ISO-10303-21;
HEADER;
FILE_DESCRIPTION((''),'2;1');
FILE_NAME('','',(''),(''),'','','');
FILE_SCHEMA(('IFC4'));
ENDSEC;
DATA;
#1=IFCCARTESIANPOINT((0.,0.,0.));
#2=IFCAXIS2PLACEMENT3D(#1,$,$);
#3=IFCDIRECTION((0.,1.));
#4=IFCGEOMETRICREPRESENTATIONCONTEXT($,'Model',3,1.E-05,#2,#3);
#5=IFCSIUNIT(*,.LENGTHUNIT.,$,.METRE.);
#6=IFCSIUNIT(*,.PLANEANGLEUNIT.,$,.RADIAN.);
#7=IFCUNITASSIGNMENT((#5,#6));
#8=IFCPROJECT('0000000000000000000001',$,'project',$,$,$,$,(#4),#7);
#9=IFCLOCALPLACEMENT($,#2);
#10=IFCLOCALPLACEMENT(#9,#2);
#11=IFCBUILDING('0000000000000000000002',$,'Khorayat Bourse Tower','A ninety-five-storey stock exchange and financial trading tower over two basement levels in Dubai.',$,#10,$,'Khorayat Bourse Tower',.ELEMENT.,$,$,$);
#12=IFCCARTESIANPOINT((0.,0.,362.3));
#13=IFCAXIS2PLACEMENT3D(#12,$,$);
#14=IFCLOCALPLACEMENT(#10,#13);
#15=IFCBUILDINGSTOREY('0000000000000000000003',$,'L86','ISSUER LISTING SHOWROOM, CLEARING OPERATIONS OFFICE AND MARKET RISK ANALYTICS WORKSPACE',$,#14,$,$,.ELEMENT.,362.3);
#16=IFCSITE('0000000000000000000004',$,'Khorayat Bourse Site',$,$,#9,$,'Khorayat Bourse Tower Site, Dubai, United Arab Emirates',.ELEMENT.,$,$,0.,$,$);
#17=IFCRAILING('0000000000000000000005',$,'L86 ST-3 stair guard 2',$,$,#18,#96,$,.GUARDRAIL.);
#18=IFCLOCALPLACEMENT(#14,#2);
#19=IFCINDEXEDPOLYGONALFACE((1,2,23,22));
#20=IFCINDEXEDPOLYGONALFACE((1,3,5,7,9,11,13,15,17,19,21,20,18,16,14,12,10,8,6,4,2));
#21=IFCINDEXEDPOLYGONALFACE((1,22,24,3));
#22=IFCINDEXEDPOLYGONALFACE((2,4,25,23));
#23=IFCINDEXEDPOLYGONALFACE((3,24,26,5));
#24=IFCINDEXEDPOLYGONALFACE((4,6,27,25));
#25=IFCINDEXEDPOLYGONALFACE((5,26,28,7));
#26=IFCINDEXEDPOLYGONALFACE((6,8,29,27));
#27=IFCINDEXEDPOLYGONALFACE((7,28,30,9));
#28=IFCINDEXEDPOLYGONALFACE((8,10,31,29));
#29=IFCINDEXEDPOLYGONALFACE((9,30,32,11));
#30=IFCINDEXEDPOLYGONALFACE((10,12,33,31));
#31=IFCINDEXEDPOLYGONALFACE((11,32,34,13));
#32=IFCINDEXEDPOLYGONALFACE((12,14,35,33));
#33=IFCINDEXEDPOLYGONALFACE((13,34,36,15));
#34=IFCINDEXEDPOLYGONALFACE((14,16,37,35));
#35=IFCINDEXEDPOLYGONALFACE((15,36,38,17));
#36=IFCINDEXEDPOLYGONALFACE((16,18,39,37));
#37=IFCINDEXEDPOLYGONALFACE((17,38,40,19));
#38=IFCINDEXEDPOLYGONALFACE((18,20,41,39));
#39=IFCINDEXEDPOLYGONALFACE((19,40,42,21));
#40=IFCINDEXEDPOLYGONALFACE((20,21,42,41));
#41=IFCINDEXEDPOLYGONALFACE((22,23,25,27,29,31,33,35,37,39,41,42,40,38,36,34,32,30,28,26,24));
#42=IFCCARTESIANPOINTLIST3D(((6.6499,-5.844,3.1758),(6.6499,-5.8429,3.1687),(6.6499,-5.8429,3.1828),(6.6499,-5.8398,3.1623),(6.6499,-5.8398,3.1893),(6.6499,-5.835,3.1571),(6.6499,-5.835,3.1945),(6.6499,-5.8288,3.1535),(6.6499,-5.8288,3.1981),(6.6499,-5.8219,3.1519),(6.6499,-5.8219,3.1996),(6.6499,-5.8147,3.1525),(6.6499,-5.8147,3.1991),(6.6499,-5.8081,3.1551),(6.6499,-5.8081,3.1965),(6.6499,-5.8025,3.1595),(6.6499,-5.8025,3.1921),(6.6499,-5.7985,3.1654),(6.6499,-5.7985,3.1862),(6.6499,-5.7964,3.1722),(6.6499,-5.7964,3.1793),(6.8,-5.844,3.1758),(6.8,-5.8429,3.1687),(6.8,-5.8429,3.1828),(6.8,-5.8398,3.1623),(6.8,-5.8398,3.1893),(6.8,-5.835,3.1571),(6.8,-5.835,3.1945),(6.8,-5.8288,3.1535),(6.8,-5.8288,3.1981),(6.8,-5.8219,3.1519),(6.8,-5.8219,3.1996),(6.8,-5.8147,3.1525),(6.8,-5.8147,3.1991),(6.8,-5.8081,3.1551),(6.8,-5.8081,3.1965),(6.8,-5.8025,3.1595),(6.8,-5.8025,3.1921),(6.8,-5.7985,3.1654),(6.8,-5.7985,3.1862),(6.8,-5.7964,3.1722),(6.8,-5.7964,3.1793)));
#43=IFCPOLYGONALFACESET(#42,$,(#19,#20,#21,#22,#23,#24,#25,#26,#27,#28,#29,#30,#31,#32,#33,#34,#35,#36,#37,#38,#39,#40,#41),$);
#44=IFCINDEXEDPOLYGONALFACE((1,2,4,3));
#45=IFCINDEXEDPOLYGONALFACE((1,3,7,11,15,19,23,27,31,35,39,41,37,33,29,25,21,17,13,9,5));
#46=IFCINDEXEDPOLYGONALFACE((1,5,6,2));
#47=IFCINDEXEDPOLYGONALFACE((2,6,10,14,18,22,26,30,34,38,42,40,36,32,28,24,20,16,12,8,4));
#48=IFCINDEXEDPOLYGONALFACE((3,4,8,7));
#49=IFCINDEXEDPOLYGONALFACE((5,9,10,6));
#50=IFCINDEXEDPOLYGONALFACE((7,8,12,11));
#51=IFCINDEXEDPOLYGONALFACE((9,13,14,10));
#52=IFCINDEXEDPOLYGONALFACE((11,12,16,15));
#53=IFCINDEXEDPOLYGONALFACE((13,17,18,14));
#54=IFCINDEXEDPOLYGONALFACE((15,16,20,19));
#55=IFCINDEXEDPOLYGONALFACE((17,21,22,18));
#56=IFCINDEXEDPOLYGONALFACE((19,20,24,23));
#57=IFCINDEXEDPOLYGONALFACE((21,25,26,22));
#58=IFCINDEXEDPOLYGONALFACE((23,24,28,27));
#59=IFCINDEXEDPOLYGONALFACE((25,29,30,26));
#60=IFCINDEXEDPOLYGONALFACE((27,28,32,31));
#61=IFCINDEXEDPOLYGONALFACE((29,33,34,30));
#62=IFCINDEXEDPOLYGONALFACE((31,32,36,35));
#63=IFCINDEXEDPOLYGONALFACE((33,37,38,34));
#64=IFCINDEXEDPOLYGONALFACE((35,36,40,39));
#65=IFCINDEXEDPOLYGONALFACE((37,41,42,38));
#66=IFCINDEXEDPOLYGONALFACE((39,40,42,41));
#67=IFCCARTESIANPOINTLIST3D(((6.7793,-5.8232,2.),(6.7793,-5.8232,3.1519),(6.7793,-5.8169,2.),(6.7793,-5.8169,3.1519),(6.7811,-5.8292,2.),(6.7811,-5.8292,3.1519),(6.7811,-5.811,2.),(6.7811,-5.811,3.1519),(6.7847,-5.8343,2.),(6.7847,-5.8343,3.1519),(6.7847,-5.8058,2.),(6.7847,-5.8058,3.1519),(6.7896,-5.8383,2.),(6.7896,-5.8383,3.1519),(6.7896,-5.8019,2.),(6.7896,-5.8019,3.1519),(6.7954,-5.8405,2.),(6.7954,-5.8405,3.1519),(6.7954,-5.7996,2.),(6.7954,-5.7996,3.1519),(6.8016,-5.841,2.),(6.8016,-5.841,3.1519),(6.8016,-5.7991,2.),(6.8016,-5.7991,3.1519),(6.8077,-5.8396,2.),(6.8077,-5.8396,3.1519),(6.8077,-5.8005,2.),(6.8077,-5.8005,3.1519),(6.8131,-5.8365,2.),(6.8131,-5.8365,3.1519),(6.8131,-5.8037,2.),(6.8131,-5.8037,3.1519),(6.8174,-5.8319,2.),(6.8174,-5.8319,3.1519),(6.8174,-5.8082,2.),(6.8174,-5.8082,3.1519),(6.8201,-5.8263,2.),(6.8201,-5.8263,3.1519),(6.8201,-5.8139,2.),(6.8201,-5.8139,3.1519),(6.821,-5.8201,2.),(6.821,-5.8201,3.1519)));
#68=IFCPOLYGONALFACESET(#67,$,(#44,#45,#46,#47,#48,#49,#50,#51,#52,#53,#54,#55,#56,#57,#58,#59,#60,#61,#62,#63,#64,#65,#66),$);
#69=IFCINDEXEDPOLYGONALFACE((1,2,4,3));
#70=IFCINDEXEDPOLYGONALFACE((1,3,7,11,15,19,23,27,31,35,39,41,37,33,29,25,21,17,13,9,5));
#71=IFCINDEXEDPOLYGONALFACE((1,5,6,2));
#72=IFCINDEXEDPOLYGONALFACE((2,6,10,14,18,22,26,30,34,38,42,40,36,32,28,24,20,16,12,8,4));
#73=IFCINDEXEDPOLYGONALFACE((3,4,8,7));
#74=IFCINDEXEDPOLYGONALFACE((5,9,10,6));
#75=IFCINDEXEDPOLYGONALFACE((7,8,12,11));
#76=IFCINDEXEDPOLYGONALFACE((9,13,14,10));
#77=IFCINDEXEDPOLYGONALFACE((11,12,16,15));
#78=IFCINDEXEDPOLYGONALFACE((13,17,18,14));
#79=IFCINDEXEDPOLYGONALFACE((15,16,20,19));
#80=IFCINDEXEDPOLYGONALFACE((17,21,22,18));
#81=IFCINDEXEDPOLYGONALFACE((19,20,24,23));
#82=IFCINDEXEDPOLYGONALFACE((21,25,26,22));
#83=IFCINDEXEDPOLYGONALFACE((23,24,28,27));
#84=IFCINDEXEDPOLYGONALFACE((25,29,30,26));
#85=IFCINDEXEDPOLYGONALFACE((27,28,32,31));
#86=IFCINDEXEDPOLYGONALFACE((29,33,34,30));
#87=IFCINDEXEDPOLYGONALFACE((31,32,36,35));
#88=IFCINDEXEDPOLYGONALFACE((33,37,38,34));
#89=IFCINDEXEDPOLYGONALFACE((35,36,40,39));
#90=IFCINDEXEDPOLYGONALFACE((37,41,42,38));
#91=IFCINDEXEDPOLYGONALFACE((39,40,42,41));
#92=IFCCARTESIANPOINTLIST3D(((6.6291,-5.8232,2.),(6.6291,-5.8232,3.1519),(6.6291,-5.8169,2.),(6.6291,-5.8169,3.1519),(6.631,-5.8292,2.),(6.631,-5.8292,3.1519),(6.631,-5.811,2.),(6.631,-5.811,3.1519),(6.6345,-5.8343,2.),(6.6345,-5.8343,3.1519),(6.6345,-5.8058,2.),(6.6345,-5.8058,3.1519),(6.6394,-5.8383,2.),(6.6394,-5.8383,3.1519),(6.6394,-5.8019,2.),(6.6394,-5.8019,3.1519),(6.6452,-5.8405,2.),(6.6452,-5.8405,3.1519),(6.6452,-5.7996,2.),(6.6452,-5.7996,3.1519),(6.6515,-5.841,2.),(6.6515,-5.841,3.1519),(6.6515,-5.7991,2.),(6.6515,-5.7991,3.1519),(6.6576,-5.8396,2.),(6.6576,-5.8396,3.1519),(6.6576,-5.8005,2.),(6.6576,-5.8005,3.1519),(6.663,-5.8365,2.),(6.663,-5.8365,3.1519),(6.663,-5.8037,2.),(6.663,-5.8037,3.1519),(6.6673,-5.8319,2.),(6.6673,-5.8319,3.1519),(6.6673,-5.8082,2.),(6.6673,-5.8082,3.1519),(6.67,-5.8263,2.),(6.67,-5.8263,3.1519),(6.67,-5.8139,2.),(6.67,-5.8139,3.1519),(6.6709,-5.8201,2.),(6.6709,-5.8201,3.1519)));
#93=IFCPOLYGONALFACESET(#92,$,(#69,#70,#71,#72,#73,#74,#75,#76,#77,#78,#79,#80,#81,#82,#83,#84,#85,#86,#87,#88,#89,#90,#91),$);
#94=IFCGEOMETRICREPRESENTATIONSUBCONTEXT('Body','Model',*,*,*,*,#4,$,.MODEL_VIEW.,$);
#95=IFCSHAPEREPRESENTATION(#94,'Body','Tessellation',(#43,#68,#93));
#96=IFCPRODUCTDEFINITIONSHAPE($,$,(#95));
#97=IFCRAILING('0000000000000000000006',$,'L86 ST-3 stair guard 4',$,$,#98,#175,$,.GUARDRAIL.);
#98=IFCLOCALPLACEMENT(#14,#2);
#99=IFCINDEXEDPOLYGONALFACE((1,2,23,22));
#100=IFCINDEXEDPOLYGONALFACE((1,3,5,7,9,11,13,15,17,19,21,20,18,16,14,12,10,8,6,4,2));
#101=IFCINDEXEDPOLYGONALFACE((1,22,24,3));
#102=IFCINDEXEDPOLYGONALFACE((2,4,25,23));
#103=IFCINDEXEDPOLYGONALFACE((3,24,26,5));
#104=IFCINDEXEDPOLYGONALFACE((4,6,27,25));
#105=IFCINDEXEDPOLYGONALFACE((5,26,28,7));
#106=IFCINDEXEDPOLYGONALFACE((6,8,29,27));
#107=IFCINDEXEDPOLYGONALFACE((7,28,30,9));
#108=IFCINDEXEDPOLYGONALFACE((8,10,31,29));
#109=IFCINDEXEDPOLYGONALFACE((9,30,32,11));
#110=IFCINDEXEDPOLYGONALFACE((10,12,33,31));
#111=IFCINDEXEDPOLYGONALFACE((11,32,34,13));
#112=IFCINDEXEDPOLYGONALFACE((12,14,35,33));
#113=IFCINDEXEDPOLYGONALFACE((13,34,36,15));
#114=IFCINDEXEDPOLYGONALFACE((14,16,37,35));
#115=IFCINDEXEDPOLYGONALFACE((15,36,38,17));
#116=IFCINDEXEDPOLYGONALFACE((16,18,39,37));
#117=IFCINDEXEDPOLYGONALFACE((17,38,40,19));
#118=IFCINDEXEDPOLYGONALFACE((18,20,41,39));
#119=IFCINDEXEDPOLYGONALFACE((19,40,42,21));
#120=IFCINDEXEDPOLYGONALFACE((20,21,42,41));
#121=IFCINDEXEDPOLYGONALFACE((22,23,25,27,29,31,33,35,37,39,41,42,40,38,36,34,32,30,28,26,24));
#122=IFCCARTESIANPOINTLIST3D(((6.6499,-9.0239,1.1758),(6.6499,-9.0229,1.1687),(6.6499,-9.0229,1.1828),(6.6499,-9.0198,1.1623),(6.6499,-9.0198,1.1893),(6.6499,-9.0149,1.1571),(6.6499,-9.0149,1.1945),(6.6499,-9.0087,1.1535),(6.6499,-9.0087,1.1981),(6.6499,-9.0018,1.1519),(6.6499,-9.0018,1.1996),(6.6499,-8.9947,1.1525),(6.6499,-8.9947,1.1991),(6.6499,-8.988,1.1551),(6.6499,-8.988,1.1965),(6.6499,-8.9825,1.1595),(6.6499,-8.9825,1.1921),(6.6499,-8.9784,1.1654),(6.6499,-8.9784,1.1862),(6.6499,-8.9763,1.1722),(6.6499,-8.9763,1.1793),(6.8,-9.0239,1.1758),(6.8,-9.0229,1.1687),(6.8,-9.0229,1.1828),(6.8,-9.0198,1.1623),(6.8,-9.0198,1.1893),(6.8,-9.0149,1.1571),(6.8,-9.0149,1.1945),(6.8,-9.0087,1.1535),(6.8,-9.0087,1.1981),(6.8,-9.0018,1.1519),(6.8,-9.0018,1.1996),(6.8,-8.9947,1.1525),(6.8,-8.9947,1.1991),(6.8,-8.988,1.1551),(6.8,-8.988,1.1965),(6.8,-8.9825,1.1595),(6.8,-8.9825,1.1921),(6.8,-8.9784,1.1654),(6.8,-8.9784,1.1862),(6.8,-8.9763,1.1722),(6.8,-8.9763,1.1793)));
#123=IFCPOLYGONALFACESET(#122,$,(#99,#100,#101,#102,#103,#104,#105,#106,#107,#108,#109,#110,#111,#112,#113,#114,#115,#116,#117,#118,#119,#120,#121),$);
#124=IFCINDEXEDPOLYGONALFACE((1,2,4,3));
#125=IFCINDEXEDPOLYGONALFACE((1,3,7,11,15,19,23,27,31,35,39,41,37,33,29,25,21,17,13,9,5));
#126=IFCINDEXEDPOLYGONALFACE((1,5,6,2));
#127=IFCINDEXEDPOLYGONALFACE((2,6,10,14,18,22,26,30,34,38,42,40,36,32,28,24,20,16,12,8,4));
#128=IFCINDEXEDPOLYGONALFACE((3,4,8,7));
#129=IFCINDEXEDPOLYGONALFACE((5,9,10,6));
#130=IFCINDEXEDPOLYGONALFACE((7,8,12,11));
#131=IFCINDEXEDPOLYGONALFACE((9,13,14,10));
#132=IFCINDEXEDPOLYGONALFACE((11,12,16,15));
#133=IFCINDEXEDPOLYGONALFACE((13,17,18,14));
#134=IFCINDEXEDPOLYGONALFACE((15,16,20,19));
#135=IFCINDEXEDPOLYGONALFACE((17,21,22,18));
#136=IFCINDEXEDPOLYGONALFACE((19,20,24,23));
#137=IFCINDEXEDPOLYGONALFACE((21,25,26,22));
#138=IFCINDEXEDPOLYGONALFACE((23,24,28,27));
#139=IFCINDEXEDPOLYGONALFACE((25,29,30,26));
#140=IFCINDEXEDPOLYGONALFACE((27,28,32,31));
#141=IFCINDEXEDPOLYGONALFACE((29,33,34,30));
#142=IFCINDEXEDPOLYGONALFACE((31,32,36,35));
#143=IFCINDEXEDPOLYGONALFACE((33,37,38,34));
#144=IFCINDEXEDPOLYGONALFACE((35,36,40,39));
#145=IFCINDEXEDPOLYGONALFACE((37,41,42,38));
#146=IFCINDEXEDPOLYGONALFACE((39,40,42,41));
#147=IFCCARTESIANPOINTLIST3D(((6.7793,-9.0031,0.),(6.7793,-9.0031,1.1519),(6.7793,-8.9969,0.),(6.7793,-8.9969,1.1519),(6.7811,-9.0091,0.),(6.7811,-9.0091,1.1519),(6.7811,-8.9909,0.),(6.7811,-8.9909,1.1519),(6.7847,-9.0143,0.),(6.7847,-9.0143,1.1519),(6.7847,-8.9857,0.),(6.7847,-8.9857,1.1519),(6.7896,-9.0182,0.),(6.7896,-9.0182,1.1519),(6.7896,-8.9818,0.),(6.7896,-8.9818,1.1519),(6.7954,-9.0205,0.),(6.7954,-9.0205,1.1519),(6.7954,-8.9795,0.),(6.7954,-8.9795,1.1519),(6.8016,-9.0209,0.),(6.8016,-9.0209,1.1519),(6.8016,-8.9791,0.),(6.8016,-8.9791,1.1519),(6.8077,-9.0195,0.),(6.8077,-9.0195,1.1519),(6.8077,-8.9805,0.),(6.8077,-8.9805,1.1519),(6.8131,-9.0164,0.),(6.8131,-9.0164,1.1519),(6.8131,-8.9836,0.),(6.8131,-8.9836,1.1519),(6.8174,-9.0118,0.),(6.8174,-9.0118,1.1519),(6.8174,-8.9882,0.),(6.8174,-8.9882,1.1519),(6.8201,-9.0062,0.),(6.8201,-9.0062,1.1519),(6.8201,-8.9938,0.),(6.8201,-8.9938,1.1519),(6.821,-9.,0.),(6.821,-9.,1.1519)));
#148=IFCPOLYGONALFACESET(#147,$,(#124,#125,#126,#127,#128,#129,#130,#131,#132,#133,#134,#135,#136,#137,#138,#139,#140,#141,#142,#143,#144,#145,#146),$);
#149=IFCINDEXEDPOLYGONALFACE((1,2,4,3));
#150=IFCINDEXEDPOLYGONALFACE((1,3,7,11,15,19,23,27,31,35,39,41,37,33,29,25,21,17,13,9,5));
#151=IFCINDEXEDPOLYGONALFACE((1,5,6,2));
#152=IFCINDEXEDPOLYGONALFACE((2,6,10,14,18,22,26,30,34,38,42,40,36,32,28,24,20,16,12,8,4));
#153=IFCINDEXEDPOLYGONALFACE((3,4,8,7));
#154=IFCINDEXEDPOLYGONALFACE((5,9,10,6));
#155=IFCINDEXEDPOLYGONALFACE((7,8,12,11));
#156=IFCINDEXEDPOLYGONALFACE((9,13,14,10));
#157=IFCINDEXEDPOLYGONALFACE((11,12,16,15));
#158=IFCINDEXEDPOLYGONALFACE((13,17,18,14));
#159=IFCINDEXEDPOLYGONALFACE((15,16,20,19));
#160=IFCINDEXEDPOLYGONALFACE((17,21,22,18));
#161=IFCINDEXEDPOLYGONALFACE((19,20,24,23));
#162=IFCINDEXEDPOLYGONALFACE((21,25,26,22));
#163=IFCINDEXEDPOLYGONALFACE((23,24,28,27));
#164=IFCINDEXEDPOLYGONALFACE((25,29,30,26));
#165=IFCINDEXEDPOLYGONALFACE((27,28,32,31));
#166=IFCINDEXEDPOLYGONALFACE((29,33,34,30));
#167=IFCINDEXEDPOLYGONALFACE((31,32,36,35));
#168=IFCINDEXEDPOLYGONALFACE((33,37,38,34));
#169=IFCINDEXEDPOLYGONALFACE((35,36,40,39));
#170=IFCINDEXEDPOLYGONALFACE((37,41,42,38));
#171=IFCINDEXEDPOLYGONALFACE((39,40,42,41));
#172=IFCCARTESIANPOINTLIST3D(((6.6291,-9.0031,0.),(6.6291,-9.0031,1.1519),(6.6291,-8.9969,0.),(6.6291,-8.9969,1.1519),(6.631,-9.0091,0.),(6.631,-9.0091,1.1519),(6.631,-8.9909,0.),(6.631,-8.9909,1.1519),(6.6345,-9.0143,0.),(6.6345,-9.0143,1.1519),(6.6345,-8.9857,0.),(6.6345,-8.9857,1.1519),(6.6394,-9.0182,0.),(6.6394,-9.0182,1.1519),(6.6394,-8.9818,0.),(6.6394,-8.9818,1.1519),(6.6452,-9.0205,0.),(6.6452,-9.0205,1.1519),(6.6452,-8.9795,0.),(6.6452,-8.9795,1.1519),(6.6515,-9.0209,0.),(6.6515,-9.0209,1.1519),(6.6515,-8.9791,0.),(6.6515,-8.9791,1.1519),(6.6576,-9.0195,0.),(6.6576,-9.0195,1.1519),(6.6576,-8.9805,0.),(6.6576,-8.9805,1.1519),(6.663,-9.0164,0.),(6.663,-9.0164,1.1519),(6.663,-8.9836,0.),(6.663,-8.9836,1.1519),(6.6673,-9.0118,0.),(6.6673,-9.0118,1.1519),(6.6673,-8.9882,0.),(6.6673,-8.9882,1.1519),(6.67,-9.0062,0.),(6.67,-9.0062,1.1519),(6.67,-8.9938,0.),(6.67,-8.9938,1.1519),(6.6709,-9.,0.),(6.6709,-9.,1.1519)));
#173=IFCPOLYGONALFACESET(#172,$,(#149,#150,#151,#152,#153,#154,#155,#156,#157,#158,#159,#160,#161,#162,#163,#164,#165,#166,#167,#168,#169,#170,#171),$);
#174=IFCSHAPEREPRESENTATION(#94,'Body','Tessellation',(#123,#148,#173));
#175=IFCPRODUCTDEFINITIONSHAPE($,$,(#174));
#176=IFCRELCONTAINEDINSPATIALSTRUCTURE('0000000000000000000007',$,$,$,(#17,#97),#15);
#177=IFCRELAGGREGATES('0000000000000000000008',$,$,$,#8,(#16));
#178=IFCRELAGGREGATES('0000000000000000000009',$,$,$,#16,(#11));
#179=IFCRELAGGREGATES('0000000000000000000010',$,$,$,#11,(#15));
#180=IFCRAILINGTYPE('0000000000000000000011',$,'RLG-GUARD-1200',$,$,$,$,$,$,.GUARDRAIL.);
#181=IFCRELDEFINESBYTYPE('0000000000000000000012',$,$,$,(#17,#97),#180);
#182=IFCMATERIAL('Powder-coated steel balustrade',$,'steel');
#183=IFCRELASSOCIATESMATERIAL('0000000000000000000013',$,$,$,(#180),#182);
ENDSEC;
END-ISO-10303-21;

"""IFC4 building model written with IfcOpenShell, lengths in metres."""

from ifc_helpers import new_model, si_unit, direction, frame, origin, origin_2d, place, context, subcontext, project, spatial, circle, extrude, source, transform, mapped, material, type_object, element, save


model = new_model("IFC4")

# Units and contexts
model_context = context("Model", 3, precision=1e-05, world=origin(), true_north=direction((0.0, 1.0)))
body_context = subcontext(model_context, "Body", "Model", "MODEL_VIEW")
ifc_project = project(units=[si_unit("LENGTHUNIT", "METRE"), si_unit("PLANEANGLEUNIT", "RADIAN")], contexts=[model_context])

# Site, building, storey
site_placement = place(None, origin())
site = spatial("IfcSite", under=ifc_project, at=site_placement, Name="Khorayat Bourse Site", LongName="Khorayat Bourse Tower Site, Dubai, United Arab Emirates", CompositionType="ELEMENT", RefElevation=0.0)
building_placement = place(site_placement, origin())
building = spatial("IfcBuilding", under=site, at=building_placement, Name="Khorayat Bourse Tower", Description="A ninety-five-storey stock exchange and financial trading tower over two basement levels in Dubai.", LongName="Khorayat Bourse Tower", CompositionType="ELEMENT")
storey_placement = place(building_placement, frame((0.0, 0.0, 362.3)))
storey = spatial("IfcBuildingStorey", under=building, at=storey_placement, Name="L86", Description="ISSUER LISTING SHOWROOM, CLEARING OPERATIONS OFFICE AND MARKET RISK ANALYTICS WORKSPACE", CompositionType="ELEMENT", Elevation=362.3)

# Railings
ifc_material_1 = material(Name="Powder-coated steel balustrade", Category="steel")
railing_type_1 = type_object("IfcRailingType", Name="RLG-GUARD-1200", PredefinedType="GUARDRAIL", material=ifc_material_1)
shared_shape_1 = source(origin(), body_context, "Body", "SweptSolid", [
    extrude(circle(Radius=0.0239, at=origin_2d()), frame((0.0, 0.0, 1.1758), z_axis=(-1.0, 0.0, 0.0), x_axis=(0.0, -1.0, 0.0)), (0.0, 0.0, 1.0), 0.1501),
    extrude(circle(Radius=0.021, at=origin_2d()), origin(), (0.0, 0.0, 1.0), 1.1519),
    extrude(circle(Radius=0.021, at=origin_2d()), frame((-0.1501, 0.0, 0.0)), (0.0, 0.0, 1.0), 1.1519),
])
for number, where, name in (
    (1, (6.8, -5.8201, 2.0), "L86 ST-3 stair guard 2"),
    (2, (6.8, -9.0, 0.0), "L86 ST-3 stair guard 4"),
):
    element("IfcRailing", number, at=place(storey_placement, frame(where)), inside=storey, type_object=railing_type_1, Name=name, PredefinedType="GUARDRAIL", context=body_context, shape_type="MappedRepresentation", body=[
        mapped(shared_shape_1, transform((0.0, 0.0, 0.0), scale=1.0)),
    ])

save(model, "model.ifc")
